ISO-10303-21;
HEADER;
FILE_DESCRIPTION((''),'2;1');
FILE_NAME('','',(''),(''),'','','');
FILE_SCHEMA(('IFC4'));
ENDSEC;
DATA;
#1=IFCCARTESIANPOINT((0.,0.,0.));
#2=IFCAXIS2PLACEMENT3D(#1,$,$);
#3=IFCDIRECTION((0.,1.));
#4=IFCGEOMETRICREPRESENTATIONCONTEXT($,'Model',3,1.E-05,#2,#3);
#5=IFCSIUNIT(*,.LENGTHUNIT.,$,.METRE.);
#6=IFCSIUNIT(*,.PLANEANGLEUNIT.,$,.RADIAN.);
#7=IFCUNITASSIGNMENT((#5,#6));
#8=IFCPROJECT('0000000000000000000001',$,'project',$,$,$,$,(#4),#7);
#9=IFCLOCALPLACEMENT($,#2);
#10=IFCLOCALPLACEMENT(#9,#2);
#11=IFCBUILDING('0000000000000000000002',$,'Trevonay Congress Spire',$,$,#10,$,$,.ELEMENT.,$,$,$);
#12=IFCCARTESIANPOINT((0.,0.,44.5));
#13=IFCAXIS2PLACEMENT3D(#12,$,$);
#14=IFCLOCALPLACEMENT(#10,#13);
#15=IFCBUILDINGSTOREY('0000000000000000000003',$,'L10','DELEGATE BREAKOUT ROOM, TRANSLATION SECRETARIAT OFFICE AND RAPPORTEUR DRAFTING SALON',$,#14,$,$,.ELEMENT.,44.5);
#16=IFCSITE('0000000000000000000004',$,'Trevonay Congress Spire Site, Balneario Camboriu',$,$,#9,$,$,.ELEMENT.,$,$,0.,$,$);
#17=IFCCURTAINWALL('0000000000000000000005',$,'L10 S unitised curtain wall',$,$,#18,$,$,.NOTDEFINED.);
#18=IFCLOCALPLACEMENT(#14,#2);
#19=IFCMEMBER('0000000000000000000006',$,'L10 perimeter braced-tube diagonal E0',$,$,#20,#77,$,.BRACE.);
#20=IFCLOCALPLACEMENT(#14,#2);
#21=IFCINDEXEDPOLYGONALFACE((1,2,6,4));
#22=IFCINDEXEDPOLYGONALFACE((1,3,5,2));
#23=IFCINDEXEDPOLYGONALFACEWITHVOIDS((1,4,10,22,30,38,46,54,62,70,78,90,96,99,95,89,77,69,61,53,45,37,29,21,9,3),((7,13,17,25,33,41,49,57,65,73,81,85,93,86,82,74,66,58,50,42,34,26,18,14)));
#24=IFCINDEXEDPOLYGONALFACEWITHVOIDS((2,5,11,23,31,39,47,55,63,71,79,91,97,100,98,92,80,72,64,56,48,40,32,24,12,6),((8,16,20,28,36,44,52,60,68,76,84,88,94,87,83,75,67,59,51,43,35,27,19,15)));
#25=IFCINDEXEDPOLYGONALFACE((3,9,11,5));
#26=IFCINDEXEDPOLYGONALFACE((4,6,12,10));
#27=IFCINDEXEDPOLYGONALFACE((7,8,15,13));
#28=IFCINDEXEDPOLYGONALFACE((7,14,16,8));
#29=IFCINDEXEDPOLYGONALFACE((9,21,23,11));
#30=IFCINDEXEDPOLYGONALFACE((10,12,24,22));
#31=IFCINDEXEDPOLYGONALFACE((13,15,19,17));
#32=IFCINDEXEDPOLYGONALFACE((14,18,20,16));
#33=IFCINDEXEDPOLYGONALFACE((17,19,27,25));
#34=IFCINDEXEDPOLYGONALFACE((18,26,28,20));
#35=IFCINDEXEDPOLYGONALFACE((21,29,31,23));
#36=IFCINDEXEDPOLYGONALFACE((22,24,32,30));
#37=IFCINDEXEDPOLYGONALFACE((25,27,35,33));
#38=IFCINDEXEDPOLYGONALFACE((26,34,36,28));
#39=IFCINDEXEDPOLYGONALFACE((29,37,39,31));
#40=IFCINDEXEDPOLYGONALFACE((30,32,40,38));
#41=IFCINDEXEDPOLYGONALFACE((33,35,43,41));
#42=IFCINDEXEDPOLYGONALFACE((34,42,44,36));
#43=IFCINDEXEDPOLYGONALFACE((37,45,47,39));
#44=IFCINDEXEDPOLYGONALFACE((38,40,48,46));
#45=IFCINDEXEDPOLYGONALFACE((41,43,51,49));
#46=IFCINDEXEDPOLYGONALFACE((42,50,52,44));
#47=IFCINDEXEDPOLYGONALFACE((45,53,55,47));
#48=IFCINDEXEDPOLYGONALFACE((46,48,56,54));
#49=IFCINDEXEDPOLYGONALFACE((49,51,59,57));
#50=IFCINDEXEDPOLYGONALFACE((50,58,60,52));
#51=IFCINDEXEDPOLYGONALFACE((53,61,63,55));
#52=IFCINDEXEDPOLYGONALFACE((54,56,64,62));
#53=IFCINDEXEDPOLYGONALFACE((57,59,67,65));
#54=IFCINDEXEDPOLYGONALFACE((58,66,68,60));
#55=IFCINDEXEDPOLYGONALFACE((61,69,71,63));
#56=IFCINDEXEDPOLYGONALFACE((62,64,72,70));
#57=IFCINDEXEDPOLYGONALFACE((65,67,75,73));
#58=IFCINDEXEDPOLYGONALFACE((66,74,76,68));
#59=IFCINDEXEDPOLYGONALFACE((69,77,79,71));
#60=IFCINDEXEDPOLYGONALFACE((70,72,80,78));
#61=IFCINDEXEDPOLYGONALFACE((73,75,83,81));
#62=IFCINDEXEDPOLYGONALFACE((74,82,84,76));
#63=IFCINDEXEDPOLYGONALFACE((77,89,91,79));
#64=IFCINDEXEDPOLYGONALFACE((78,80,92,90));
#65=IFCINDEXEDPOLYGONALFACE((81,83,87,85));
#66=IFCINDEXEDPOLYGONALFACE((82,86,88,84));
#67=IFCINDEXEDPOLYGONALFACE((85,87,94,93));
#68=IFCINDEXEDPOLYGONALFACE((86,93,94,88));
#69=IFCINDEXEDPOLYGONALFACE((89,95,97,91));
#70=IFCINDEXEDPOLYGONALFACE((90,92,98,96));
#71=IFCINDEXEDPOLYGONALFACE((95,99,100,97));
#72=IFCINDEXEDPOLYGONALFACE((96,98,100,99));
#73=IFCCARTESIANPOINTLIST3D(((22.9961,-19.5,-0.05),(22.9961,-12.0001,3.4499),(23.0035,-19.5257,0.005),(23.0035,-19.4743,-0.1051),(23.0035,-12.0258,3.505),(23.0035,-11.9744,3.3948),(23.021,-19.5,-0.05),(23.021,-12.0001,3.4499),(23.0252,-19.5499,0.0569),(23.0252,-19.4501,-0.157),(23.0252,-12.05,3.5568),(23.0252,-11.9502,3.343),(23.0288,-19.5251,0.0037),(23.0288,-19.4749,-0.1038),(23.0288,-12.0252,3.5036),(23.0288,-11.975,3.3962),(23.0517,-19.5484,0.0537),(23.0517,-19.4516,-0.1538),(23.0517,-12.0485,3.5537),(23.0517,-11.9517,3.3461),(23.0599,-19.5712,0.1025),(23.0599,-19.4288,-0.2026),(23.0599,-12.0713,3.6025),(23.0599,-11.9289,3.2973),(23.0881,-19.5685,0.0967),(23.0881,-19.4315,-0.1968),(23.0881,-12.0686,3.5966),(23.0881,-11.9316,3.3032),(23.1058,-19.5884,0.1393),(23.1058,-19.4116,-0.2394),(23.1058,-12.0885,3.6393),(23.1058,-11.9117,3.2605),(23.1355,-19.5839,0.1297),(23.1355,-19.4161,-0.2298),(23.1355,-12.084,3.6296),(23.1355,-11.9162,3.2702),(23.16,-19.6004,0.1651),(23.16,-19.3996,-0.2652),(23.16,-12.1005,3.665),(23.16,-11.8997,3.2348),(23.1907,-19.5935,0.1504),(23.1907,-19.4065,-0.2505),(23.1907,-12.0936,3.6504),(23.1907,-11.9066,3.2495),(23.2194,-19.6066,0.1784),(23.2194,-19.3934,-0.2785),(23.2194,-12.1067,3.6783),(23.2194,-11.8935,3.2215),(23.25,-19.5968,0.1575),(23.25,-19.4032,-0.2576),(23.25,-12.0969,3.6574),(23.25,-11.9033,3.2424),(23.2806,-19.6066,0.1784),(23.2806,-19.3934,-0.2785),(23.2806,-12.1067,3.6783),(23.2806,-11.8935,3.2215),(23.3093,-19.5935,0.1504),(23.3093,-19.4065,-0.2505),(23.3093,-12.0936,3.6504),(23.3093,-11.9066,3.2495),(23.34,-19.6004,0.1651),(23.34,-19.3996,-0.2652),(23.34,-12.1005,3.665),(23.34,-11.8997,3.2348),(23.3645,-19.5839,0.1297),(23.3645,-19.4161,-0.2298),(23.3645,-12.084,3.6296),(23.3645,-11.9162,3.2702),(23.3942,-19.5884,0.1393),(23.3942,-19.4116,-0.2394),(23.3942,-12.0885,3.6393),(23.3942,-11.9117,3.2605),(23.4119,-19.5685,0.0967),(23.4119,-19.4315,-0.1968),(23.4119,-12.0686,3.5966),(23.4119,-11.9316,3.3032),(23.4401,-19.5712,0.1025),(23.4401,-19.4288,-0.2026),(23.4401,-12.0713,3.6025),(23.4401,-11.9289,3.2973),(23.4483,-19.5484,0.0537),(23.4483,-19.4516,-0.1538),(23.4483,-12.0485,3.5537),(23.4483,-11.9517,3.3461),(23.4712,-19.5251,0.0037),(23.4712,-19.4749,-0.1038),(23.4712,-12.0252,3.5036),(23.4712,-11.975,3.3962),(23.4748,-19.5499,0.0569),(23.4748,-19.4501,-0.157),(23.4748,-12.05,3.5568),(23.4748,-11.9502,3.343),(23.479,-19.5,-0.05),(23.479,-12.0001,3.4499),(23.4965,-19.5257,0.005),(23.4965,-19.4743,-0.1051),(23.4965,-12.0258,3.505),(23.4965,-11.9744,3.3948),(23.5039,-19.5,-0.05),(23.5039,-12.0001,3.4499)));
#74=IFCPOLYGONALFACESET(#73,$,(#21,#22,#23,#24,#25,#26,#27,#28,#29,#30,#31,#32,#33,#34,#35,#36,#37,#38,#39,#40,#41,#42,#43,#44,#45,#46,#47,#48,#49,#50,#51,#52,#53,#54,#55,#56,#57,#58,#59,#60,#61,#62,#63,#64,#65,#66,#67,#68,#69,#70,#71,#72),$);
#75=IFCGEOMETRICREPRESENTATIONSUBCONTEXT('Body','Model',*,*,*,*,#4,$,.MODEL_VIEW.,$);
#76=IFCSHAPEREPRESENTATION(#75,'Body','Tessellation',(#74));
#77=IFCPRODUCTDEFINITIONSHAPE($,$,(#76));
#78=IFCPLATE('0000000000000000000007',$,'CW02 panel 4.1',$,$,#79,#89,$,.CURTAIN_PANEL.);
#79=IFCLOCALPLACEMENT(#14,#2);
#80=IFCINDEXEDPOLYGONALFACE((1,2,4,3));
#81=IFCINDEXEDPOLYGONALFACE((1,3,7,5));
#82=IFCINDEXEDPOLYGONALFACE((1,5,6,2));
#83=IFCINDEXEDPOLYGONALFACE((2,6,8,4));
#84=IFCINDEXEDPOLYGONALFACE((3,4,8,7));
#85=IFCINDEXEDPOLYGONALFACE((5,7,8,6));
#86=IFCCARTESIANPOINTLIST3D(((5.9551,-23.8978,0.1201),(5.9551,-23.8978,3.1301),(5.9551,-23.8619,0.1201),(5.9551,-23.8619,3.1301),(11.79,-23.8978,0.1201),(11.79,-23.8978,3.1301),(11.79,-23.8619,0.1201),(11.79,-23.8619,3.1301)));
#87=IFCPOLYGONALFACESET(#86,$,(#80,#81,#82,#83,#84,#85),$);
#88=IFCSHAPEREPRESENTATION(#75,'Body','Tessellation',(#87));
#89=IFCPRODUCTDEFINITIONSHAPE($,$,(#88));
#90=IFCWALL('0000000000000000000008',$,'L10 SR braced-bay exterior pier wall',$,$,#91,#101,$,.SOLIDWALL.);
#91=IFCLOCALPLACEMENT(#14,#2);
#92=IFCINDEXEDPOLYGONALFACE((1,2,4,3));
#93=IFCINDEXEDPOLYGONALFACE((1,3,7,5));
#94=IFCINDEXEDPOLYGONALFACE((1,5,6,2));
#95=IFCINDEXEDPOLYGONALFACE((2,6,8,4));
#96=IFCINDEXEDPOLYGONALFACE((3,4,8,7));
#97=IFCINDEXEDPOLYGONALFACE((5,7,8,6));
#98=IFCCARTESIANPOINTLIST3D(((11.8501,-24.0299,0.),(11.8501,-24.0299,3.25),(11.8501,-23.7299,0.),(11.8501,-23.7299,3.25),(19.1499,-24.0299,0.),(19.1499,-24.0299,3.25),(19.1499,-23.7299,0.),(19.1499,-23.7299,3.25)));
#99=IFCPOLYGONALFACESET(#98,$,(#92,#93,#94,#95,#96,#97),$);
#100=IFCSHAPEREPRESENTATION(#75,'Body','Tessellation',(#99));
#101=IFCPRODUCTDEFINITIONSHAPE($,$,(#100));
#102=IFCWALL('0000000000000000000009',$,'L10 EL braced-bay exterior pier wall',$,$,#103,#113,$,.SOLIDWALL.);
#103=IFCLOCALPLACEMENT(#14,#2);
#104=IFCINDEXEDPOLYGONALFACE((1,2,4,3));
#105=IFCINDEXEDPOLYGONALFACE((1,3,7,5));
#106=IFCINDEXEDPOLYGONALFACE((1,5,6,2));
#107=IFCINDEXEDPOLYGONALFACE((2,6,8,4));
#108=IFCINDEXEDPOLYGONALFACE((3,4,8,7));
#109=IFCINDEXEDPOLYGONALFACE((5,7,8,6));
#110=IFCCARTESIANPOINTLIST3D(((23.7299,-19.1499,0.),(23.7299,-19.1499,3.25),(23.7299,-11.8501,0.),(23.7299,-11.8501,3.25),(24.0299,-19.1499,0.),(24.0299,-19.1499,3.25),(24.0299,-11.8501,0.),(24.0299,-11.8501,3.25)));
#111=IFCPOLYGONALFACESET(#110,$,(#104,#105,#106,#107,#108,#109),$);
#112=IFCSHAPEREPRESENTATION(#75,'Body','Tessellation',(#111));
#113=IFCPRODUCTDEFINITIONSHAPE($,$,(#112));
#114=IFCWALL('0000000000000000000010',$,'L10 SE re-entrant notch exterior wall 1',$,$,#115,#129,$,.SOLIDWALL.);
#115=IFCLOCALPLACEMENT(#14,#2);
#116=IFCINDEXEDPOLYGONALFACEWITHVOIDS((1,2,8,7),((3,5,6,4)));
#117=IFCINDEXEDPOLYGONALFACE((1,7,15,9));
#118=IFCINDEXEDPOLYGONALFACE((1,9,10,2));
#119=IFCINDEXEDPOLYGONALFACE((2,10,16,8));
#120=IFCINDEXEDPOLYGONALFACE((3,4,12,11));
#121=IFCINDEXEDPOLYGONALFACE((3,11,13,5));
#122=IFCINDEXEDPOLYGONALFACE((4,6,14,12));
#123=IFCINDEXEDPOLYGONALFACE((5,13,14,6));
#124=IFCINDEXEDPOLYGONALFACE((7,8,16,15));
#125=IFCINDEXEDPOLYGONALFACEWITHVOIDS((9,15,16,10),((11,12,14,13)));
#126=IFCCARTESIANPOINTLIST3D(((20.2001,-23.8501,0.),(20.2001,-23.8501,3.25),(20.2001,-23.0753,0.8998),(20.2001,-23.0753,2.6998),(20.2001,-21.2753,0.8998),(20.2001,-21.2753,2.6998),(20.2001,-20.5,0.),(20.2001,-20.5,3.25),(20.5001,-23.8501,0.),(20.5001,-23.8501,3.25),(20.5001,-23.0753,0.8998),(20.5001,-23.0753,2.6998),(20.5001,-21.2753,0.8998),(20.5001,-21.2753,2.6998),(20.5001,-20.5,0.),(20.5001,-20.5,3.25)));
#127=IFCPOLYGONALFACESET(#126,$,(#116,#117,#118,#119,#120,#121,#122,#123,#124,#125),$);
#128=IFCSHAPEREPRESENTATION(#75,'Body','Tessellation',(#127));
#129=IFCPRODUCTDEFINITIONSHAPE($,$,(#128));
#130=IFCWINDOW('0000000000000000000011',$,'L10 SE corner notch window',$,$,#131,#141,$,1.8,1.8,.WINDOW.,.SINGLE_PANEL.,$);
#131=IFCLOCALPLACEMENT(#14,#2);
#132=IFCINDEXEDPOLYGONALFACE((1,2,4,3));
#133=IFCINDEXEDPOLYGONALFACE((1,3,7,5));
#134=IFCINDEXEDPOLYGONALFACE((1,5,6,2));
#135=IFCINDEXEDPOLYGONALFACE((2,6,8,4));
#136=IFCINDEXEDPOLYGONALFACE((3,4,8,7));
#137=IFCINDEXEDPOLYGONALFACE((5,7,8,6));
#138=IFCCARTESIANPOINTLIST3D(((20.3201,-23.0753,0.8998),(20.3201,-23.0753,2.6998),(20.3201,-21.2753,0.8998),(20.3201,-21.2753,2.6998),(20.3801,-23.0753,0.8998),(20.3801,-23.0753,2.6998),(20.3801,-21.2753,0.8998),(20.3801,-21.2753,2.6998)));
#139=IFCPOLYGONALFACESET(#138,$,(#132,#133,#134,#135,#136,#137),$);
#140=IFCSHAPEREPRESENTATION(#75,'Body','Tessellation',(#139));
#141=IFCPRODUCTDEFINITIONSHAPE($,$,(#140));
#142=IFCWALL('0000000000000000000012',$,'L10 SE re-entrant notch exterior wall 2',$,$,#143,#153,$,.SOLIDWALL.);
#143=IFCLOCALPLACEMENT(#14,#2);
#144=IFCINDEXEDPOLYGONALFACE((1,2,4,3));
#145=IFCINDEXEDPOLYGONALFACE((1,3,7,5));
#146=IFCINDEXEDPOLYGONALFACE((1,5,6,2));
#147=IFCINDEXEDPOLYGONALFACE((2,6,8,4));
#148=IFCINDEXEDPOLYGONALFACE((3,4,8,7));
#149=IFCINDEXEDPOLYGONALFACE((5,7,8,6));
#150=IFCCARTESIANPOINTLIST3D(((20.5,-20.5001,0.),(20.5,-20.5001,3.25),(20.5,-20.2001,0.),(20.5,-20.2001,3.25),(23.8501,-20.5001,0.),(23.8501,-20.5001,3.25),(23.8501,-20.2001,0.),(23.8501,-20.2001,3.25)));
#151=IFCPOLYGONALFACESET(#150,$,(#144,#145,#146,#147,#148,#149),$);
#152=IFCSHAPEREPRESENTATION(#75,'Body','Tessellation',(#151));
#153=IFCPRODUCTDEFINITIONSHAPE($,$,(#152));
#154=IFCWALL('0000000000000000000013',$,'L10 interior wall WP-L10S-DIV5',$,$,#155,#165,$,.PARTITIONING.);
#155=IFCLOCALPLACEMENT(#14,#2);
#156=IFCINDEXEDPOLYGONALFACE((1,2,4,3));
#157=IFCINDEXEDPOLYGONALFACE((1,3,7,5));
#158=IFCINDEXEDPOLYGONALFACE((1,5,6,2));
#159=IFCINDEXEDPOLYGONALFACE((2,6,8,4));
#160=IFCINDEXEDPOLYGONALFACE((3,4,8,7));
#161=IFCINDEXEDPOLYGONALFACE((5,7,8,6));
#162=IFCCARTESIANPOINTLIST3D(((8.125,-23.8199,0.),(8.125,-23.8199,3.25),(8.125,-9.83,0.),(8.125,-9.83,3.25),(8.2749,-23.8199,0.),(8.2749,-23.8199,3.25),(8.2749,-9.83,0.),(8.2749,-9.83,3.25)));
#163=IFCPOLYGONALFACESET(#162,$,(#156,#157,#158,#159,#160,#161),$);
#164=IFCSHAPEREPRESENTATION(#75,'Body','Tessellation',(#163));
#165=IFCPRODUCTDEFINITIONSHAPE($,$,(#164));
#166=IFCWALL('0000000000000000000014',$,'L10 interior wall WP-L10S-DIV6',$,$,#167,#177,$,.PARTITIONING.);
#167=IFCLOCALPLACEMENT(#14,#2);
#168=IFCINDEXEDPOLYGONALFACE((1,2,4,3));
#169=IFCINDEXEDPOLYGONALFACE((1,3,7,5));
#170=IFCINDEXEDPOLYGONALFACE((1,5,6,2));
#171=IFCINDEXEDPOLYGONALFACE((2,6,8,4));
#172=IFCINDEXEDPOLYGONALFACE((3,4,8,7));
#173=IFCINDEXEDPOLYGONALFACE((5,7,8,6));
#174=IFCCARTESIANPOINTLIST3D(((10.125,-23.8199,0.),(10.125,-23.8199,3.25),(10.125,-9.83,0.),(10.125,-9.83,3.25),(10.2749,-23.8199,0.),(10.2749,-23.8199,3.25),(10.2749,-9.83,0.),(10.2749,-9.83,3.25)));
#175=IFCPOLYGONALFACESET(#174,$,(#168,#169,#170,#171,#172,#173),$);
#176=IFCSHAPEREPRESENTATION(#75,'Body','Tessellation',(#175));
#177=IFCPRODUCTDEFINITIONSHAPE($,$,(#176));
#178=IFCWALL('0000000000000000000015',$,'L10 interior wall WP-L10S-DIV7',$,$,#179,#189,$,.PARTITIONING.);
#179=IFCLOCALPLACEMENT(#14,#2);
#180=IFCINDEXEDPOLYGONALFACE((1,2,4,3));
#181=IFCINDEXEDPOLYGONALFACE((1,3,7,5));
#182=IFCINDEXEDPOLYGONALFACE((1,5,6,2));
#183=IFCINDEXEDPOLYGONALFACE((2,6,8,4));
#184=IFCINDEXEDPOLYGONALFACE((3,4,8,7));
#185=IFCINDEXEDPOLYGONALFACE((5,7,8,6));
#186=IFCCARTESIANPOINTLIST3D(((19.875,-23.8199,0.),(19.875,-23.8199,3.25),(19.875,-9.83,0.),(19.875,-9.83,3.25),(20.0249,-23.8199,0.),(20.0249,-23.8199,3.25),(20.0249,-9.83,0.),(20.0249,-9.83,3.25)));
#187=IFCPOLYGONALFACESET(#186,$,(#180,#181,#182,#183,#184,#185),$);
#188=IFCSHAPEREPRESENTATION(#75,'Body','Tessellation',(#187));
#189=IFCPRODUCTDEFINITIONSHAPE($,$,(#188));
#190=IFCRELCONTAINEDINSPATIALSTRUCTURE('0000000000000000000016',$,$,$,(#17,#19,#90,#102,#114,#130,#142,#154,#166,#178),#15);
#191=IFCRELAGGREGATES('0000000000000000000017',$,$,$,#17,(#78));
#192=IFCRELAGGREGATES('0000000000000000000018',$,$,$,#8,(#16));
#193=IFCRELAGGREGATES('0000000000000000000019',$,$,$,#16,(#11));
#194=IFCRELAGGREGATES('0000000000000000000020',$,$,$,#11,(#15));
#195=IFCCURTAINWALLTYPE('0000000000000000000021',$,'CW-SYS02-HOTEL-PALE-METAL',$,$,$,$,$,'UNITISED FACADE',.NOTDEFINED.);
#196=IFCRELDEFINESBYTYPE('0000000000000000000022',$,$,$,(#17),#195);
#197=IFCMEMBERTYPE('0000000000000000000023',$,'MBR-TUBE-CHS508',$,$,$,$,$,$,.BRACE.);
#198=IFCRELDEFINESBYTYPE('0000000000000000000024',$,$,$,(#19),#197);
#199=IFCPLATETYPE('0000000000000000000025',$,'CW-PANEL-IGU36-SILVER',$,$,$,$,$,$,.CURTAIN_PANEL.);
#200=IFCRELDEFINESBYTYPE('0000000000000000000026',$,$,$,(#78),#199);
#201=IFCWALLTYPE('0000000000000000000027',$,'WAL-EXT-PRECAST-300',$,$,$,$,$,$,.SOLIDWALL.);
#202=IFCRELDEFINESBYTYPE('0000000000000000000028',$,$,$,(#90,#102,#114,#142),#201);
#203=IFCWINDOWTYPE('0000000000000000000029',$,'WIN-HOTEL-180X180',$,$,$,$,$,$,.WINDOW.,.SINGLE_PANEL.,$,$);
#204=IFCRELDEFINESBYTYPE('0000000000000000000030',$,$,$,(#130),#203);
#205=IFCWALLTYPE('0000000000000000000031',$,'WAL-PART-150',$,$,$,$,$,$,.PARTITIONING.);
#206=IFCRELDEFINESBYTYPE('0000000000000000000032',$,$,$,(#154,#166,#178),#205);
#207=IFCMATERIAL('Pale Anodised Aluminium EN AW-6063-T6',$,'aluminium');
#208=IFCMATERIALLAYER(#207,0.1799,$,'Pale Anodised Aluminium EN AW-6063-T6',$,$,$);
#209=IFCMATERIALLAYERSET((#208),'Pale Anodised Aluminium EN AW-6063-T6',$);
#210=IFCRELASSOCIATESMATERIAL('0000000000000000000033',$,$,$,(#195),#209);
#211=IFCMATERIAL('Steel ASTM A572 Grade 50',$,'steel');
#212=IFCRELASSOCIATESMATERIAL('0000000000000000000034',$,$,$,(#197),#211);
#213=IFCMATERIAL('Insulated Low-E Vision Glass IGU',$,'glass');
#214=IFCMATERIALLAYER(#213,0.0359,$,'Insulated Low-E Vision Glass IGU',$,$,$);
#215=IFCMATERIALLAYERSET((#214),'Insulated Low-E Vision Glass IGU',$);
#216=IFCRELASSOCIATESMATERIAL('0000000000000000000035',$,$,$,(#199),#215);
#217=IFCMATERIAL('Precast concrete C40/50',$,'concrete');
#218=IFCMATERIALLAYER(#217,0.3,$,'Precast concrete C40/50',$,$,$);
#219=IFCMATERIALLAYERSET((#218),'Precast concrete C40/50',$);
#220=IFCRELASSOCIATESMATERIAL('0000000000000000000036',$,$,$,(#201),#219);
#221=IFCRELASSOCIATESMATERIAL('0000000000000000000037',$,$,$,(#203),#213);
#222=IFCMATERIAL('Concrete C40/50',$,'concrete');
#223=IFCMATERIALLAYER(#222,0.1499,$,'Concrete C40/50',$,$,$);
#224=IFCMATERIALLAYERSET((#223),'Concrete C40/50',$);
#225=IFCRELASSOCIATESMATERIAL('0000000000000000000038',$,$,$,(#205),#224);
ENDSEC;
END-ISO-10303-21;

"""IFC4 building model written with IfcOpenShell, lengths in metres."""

from ifc_helpers import new_model, si_unit, direction, frame, frame_2d, origin, origin_2d, place, context, subcontext, project, spatial, rectangle, hollow_circle, extrude, material, layer, layer_set, material_profile, profile_set, type_object, element, fill, aggregate, save


model = new_model("IFC4")

# Units and contexts
model_context = context("Model", 3, precision=1e-05, world=origin(), true_north=direction((0.0, 1.0)))
body_context = subcontext(model_context, "Body", "Model", "MODEL_VIEW")
ifc_project = project(units=[si_unit("LENGTHUNIT", "METRE"), si_unit("PLANEANGLEUNIT", "RADIAN")], contexts=[model_context])

# Site, building, storey
site_placement = place(None, origin())
site = spatial("IfcSite", under=ifc_project, at=site_placement, Name="Trevonay Congress Spire Site, Balneario Camboriu", CompositionType="ELEMENT", RefElevation=0.0)
building_placement = place(site_placement, origin())
building = spatial("IfcBuilding", under=site, at=building_placement, Name="Trevonay Congress Spire", CompositionType="ELEMENT")
storey_placement = place(building_placement, frame((0.0, 0.0, 44.5)))
storey = spatial("IfcBuildingStorey", under=building, at=storey_placement, Name="L10", Description="DELEGATE BREAKOUT ROOM, TRANSLATION SECRETARIAT OFFICE AND RAPPORTEUR DRAFTING SALON", CompositionType="ELEMENT", Elevation=44.5)

# Shared definitions
ifc_material_1 = material(Name="Steel ASTM A572 Grade 50", Category="steel")

# Curtain wall
ifc_material_2 = material(Name="Pale Anodised Aluminium EN AW-6063-T6", Category="aluminium")
ifc_layer_1 = layer(ifc_material_2, 0.1799, Name="Pale Anodised Aluminium EN AW-6063-T6")
ifc_layer_set_1 = layer_set([ifc_layer_1], Name="Pale Anodised Aluminium EN AW-6063-T6")
curtain_wall_type = type_object("IfcCurtainWallType", Name="CW-SYS02-HOTEL-PALE-METAL", ElementType="UNITISED FACADE", PredefinedType="NOTDEFINED", material=ifc_layer_set_1)
curtain_wall_placement = place(storey_placement, origin())
curtain_wall = element("IfcCurtainWall", 1, at=curtain_wall_placement, inside=storey, type_object=curtain_wall_type, Name="L10 S unitised curtain wall", PredefinedType="NOTDEFINED")

# Member
ifc_material_profile_1 = material_profile(ifc_material_1, hollow_circle(Radius=0.2539, WallThickness=0.0249, at=origin_2d()), Name="CHS 508x25")
ifc_profile_set_1 = profile_set([ifc_material_profile_1], Name="Steel ASTM A572 Grade 50")
member_type_1 = type_object("IfcMemberType", Name="MBR-TUBE-CHS508", PredefinedType="BRACE", material=ifc_profile_set_1)
for number, where, z_axis, x_axis, name in (
    (2, (23.25, -19.5, -0.05), (0.0, 0.906183, 0.422885), (-1.0, 0.0, 0.0), "L10 perimeter braced-tube diagonal E0"),
):
    element("IfcMember", number, at=place(storey_placement, frame(where, z_axis=z_axis, x_axis=x_axis)), inside=storey, type_object=member_type_1, Name=name, PredefinedType="BRACE", context=body_context, shape_type="SweptSolid", body=[
        extrude(hollow_circle(Radius=0.2539, WallThickness=0.0249, at=origin_2d()), origin(), (0.0, 0.0, 1.0), 8.2764),
    ])

# Plate
ifc_material_3 = material(Name="Insulated Low-E Vision Glass IGU", Category="glass")
ifc_layer_2 = layer(ifc_material_3, 0.0359, Name="Insulated Low-E Vision Glass IGU")
ifc_layer_set_2 = layer_set([ifc_layer_2], Name="Insulated Low-E Vision Glass IGU")
plate_type = type_object("IfcPlateType", Name="CW-PANEL-IGU36-SILVER", PredefinedType="CURTAIN_PANEL", material=ifc_layer_set_2)
plate_placement = place(storey_placement, frame((8.8726, -23.8799, 0.1201), z_axis=(0.0, 0.0, 1.0), x_axis=(1.0, 0.0, 0.0)))
plate = element("IfcPlate", 3, at=plate_placement, type_object=plate_type, Name="CW02 panel 4.1", PredefinedType="CURTAIN_PANEL", context=body_context, shape_type="SweptSolid", body=[
    extrude(rectangle(XDim=5.835, YDim=0.0359, at=origin_2d()), origin(), (0.0, 0.0, 1.0), 3.01),
])
aggregate(curtain_wall, [plate])

# Walls
ifc_material_4 = material(Name="Precast concrete C40/50", Category="concrete")
ifc_layer_3 = layer(ifc_material_4, 0.3, Name="Precast concrete C40/50")
ifc_layer_set_3 = layer_set([ifc_layer_3], Name="Precast concrete C40/50")
wall_type_1 = type_object("IfcWallType", Name="WAL-EXT-PRECAST-300", PredefinedType="SOLIDWALL", material=ifc_layer_set_3)
for number, where, z_axis, x_axis, name in (
    (4, (11.8501, -23.8799, 0.0), (0.0, 0.0, 1.0), (1.0, 0.0, 0.0), "L10 SR braced-bay exterior pier wall"),
    (5, (23.8799, -19.1499, 0.0), (0.0, 0.0, 1.0), (0.0, 1.0, 0.0), "L10 EL braced-bay exterior pier wall"),
):
    element("IfcWall", number, at=place(storey_placement, frame(where, z_axis=z_axis, x_axis=x_axis)), inside=storey, type_object=wall_type_1, Name=name, PredefinedType="SOLIDWALL", context=body_context, shape_type="SweptSolid", body=[
        extrude(rectangle(XDim=7.2998, YDim=0.3, at=frame_2d((3.6499, 0.0))), origin(), (0.0, 0.0, 1.0), 3.25),
    ])

# Wall, opening, window
wall_1_placement = place(storey_placement, frame((20.3501, -23.8501, 0.0), z_axis=(0.0, 0.0, 1.0), x_axis=(0.0, 1.0, 0.0)))
wall_1 = element("IfcWall", 6, at=wall_1_placement, inside=storey, type_object=wall_type_1, Name="L10 SE re-entrant notch exterior wall 1", PredefinedType="SOLIDWALL", context=body_context, shape_type="SweptSolid", body=[
    extrude(rectangle(XDim=3.3501, YDim=0.3, at=frame_2d((1.675, 0.0))), origin(), (0.0, 0.0, 1.0), 3.25),
])
opening_placement = place(wall_1_placement, frame((0.7749, 0.0, 0.8999)))
opening = element("IfcOpeningElement", 7, at=opening_placement, cuts=wall_1, PredefinedType="OPENING", context=body_context, shape_type="SweptSolid", body=[
    extrude(rectangle(XDim=1.8, YDim=1.8, at=frame_2d((0.8999, 0.8999))), frame((0.0, 0.1602, 0.0), z_axis=(0.0, -1.0, 0.0), x_axis=(1.0, 0.0, 0.0)), (0.0, 0.0, 1.0), 0.3201),
])
window_type = type_object("IfcWindowType", Name="WIN-HOTEL-180X180", PartitioningType="SINGLE_PANEL", PredefinedType="WINDOW", material=ifc_material_3)
window_placement = place(opening_placement, origin())
window = element("IfcWindow", 8, at=window_placement, inside=storey, type_object=window_type, Name="L10 SE corner notch window", OverallHeight=1.8, OverallWidth=1.8, PartitioningType="SINGLE_PANEL", PredefinedType="WINDOW", context=body_context, shape_type="SweptSolid", body=[
    extrude(rectangle(XDim=1.8, YDim=1.8, at=frame_2d((0.8999, 0.8999))), frame((0.0, 0.03, 0.0), z_axis=(0.0, -1.0, 0.0), x_axis=(1.0, 0.0, 0.0)), (0.0, 0.0, 1.0), 0.0601),
])
fill(opening, window)

# Walls
wall_2_placement = place(storey_placement, frame((23.8501, -20.3501, 0.0), z_axis=(0.0, 0.0, 1.0), x_axis=(-1.0, 0.0, 0.0)))
element("IfcWall", 9, at=wall_2_placement, inside=storey, type_object=wall_type_1, Name="L10 SE re-entrant notch exterior wall 2", PredefinedType="SOLIDWALL", context=body_context, shape_type="SweptSolid", body=[
    extrude(rectangle(XDim=3.3501, YDim=0.3, at=frame_2d((1.675, 0.0))), origin(), (0.0, 0.0, 1.0), 3.25),
])
ifc_material_5 = material(Name="Concrete C40/50", Category="concrete")
ifc_layer_4 = layer(ifc_material_5, 0.1499, Name="Concrete C40/50")
ifc_layer_set_4 = layer_set([ifc_layer_4], Name="Concrete C40/50")
wall_type_2 = type_object("IfcWallType", Name="WAL-PART-150", PredefinedType="PARTITIONING", material=ifc_layer_set_4)
for number, where, z_axis, x_axis, name in (
    (10, (8.2, -23.8201, 0.0), (0.0, 0.0, 1.0), (0.0, 1.0, 0.0), "L10 interior wall WP-L10S-DIV5"),
    (11, (10.2, -23.8201, 0.0), (0.0, 0.0, 1.0), (0.0, 1.0, 0.0), "L10 interior wall WP-L10S-DIV6"),
    (12, (19.95, -23.8201, 0.0), (0.0, 0.0, 1.0), (0.0, 1.0, 0.0), "L10 interior wall WP-L10S-DIV7"),
):
    element("IfcWall", number, at=place(storey_placement, frame(where, z_axis=z_axis, x_axis=x_axis)), inside=storey, type_object=wall_type_2, Name=name, PredefinedType="PARTITIONING", context=body_context, shape_type="SweptSolid", body=[
        extrude(rectangle(XDim=13.99, YDim=0.1499, at=frame_2d((6.9951, 0.0))), origin(), (0.0, 0.0, 1.0), 3.25),
    ])

save(model, "model.ifc")
